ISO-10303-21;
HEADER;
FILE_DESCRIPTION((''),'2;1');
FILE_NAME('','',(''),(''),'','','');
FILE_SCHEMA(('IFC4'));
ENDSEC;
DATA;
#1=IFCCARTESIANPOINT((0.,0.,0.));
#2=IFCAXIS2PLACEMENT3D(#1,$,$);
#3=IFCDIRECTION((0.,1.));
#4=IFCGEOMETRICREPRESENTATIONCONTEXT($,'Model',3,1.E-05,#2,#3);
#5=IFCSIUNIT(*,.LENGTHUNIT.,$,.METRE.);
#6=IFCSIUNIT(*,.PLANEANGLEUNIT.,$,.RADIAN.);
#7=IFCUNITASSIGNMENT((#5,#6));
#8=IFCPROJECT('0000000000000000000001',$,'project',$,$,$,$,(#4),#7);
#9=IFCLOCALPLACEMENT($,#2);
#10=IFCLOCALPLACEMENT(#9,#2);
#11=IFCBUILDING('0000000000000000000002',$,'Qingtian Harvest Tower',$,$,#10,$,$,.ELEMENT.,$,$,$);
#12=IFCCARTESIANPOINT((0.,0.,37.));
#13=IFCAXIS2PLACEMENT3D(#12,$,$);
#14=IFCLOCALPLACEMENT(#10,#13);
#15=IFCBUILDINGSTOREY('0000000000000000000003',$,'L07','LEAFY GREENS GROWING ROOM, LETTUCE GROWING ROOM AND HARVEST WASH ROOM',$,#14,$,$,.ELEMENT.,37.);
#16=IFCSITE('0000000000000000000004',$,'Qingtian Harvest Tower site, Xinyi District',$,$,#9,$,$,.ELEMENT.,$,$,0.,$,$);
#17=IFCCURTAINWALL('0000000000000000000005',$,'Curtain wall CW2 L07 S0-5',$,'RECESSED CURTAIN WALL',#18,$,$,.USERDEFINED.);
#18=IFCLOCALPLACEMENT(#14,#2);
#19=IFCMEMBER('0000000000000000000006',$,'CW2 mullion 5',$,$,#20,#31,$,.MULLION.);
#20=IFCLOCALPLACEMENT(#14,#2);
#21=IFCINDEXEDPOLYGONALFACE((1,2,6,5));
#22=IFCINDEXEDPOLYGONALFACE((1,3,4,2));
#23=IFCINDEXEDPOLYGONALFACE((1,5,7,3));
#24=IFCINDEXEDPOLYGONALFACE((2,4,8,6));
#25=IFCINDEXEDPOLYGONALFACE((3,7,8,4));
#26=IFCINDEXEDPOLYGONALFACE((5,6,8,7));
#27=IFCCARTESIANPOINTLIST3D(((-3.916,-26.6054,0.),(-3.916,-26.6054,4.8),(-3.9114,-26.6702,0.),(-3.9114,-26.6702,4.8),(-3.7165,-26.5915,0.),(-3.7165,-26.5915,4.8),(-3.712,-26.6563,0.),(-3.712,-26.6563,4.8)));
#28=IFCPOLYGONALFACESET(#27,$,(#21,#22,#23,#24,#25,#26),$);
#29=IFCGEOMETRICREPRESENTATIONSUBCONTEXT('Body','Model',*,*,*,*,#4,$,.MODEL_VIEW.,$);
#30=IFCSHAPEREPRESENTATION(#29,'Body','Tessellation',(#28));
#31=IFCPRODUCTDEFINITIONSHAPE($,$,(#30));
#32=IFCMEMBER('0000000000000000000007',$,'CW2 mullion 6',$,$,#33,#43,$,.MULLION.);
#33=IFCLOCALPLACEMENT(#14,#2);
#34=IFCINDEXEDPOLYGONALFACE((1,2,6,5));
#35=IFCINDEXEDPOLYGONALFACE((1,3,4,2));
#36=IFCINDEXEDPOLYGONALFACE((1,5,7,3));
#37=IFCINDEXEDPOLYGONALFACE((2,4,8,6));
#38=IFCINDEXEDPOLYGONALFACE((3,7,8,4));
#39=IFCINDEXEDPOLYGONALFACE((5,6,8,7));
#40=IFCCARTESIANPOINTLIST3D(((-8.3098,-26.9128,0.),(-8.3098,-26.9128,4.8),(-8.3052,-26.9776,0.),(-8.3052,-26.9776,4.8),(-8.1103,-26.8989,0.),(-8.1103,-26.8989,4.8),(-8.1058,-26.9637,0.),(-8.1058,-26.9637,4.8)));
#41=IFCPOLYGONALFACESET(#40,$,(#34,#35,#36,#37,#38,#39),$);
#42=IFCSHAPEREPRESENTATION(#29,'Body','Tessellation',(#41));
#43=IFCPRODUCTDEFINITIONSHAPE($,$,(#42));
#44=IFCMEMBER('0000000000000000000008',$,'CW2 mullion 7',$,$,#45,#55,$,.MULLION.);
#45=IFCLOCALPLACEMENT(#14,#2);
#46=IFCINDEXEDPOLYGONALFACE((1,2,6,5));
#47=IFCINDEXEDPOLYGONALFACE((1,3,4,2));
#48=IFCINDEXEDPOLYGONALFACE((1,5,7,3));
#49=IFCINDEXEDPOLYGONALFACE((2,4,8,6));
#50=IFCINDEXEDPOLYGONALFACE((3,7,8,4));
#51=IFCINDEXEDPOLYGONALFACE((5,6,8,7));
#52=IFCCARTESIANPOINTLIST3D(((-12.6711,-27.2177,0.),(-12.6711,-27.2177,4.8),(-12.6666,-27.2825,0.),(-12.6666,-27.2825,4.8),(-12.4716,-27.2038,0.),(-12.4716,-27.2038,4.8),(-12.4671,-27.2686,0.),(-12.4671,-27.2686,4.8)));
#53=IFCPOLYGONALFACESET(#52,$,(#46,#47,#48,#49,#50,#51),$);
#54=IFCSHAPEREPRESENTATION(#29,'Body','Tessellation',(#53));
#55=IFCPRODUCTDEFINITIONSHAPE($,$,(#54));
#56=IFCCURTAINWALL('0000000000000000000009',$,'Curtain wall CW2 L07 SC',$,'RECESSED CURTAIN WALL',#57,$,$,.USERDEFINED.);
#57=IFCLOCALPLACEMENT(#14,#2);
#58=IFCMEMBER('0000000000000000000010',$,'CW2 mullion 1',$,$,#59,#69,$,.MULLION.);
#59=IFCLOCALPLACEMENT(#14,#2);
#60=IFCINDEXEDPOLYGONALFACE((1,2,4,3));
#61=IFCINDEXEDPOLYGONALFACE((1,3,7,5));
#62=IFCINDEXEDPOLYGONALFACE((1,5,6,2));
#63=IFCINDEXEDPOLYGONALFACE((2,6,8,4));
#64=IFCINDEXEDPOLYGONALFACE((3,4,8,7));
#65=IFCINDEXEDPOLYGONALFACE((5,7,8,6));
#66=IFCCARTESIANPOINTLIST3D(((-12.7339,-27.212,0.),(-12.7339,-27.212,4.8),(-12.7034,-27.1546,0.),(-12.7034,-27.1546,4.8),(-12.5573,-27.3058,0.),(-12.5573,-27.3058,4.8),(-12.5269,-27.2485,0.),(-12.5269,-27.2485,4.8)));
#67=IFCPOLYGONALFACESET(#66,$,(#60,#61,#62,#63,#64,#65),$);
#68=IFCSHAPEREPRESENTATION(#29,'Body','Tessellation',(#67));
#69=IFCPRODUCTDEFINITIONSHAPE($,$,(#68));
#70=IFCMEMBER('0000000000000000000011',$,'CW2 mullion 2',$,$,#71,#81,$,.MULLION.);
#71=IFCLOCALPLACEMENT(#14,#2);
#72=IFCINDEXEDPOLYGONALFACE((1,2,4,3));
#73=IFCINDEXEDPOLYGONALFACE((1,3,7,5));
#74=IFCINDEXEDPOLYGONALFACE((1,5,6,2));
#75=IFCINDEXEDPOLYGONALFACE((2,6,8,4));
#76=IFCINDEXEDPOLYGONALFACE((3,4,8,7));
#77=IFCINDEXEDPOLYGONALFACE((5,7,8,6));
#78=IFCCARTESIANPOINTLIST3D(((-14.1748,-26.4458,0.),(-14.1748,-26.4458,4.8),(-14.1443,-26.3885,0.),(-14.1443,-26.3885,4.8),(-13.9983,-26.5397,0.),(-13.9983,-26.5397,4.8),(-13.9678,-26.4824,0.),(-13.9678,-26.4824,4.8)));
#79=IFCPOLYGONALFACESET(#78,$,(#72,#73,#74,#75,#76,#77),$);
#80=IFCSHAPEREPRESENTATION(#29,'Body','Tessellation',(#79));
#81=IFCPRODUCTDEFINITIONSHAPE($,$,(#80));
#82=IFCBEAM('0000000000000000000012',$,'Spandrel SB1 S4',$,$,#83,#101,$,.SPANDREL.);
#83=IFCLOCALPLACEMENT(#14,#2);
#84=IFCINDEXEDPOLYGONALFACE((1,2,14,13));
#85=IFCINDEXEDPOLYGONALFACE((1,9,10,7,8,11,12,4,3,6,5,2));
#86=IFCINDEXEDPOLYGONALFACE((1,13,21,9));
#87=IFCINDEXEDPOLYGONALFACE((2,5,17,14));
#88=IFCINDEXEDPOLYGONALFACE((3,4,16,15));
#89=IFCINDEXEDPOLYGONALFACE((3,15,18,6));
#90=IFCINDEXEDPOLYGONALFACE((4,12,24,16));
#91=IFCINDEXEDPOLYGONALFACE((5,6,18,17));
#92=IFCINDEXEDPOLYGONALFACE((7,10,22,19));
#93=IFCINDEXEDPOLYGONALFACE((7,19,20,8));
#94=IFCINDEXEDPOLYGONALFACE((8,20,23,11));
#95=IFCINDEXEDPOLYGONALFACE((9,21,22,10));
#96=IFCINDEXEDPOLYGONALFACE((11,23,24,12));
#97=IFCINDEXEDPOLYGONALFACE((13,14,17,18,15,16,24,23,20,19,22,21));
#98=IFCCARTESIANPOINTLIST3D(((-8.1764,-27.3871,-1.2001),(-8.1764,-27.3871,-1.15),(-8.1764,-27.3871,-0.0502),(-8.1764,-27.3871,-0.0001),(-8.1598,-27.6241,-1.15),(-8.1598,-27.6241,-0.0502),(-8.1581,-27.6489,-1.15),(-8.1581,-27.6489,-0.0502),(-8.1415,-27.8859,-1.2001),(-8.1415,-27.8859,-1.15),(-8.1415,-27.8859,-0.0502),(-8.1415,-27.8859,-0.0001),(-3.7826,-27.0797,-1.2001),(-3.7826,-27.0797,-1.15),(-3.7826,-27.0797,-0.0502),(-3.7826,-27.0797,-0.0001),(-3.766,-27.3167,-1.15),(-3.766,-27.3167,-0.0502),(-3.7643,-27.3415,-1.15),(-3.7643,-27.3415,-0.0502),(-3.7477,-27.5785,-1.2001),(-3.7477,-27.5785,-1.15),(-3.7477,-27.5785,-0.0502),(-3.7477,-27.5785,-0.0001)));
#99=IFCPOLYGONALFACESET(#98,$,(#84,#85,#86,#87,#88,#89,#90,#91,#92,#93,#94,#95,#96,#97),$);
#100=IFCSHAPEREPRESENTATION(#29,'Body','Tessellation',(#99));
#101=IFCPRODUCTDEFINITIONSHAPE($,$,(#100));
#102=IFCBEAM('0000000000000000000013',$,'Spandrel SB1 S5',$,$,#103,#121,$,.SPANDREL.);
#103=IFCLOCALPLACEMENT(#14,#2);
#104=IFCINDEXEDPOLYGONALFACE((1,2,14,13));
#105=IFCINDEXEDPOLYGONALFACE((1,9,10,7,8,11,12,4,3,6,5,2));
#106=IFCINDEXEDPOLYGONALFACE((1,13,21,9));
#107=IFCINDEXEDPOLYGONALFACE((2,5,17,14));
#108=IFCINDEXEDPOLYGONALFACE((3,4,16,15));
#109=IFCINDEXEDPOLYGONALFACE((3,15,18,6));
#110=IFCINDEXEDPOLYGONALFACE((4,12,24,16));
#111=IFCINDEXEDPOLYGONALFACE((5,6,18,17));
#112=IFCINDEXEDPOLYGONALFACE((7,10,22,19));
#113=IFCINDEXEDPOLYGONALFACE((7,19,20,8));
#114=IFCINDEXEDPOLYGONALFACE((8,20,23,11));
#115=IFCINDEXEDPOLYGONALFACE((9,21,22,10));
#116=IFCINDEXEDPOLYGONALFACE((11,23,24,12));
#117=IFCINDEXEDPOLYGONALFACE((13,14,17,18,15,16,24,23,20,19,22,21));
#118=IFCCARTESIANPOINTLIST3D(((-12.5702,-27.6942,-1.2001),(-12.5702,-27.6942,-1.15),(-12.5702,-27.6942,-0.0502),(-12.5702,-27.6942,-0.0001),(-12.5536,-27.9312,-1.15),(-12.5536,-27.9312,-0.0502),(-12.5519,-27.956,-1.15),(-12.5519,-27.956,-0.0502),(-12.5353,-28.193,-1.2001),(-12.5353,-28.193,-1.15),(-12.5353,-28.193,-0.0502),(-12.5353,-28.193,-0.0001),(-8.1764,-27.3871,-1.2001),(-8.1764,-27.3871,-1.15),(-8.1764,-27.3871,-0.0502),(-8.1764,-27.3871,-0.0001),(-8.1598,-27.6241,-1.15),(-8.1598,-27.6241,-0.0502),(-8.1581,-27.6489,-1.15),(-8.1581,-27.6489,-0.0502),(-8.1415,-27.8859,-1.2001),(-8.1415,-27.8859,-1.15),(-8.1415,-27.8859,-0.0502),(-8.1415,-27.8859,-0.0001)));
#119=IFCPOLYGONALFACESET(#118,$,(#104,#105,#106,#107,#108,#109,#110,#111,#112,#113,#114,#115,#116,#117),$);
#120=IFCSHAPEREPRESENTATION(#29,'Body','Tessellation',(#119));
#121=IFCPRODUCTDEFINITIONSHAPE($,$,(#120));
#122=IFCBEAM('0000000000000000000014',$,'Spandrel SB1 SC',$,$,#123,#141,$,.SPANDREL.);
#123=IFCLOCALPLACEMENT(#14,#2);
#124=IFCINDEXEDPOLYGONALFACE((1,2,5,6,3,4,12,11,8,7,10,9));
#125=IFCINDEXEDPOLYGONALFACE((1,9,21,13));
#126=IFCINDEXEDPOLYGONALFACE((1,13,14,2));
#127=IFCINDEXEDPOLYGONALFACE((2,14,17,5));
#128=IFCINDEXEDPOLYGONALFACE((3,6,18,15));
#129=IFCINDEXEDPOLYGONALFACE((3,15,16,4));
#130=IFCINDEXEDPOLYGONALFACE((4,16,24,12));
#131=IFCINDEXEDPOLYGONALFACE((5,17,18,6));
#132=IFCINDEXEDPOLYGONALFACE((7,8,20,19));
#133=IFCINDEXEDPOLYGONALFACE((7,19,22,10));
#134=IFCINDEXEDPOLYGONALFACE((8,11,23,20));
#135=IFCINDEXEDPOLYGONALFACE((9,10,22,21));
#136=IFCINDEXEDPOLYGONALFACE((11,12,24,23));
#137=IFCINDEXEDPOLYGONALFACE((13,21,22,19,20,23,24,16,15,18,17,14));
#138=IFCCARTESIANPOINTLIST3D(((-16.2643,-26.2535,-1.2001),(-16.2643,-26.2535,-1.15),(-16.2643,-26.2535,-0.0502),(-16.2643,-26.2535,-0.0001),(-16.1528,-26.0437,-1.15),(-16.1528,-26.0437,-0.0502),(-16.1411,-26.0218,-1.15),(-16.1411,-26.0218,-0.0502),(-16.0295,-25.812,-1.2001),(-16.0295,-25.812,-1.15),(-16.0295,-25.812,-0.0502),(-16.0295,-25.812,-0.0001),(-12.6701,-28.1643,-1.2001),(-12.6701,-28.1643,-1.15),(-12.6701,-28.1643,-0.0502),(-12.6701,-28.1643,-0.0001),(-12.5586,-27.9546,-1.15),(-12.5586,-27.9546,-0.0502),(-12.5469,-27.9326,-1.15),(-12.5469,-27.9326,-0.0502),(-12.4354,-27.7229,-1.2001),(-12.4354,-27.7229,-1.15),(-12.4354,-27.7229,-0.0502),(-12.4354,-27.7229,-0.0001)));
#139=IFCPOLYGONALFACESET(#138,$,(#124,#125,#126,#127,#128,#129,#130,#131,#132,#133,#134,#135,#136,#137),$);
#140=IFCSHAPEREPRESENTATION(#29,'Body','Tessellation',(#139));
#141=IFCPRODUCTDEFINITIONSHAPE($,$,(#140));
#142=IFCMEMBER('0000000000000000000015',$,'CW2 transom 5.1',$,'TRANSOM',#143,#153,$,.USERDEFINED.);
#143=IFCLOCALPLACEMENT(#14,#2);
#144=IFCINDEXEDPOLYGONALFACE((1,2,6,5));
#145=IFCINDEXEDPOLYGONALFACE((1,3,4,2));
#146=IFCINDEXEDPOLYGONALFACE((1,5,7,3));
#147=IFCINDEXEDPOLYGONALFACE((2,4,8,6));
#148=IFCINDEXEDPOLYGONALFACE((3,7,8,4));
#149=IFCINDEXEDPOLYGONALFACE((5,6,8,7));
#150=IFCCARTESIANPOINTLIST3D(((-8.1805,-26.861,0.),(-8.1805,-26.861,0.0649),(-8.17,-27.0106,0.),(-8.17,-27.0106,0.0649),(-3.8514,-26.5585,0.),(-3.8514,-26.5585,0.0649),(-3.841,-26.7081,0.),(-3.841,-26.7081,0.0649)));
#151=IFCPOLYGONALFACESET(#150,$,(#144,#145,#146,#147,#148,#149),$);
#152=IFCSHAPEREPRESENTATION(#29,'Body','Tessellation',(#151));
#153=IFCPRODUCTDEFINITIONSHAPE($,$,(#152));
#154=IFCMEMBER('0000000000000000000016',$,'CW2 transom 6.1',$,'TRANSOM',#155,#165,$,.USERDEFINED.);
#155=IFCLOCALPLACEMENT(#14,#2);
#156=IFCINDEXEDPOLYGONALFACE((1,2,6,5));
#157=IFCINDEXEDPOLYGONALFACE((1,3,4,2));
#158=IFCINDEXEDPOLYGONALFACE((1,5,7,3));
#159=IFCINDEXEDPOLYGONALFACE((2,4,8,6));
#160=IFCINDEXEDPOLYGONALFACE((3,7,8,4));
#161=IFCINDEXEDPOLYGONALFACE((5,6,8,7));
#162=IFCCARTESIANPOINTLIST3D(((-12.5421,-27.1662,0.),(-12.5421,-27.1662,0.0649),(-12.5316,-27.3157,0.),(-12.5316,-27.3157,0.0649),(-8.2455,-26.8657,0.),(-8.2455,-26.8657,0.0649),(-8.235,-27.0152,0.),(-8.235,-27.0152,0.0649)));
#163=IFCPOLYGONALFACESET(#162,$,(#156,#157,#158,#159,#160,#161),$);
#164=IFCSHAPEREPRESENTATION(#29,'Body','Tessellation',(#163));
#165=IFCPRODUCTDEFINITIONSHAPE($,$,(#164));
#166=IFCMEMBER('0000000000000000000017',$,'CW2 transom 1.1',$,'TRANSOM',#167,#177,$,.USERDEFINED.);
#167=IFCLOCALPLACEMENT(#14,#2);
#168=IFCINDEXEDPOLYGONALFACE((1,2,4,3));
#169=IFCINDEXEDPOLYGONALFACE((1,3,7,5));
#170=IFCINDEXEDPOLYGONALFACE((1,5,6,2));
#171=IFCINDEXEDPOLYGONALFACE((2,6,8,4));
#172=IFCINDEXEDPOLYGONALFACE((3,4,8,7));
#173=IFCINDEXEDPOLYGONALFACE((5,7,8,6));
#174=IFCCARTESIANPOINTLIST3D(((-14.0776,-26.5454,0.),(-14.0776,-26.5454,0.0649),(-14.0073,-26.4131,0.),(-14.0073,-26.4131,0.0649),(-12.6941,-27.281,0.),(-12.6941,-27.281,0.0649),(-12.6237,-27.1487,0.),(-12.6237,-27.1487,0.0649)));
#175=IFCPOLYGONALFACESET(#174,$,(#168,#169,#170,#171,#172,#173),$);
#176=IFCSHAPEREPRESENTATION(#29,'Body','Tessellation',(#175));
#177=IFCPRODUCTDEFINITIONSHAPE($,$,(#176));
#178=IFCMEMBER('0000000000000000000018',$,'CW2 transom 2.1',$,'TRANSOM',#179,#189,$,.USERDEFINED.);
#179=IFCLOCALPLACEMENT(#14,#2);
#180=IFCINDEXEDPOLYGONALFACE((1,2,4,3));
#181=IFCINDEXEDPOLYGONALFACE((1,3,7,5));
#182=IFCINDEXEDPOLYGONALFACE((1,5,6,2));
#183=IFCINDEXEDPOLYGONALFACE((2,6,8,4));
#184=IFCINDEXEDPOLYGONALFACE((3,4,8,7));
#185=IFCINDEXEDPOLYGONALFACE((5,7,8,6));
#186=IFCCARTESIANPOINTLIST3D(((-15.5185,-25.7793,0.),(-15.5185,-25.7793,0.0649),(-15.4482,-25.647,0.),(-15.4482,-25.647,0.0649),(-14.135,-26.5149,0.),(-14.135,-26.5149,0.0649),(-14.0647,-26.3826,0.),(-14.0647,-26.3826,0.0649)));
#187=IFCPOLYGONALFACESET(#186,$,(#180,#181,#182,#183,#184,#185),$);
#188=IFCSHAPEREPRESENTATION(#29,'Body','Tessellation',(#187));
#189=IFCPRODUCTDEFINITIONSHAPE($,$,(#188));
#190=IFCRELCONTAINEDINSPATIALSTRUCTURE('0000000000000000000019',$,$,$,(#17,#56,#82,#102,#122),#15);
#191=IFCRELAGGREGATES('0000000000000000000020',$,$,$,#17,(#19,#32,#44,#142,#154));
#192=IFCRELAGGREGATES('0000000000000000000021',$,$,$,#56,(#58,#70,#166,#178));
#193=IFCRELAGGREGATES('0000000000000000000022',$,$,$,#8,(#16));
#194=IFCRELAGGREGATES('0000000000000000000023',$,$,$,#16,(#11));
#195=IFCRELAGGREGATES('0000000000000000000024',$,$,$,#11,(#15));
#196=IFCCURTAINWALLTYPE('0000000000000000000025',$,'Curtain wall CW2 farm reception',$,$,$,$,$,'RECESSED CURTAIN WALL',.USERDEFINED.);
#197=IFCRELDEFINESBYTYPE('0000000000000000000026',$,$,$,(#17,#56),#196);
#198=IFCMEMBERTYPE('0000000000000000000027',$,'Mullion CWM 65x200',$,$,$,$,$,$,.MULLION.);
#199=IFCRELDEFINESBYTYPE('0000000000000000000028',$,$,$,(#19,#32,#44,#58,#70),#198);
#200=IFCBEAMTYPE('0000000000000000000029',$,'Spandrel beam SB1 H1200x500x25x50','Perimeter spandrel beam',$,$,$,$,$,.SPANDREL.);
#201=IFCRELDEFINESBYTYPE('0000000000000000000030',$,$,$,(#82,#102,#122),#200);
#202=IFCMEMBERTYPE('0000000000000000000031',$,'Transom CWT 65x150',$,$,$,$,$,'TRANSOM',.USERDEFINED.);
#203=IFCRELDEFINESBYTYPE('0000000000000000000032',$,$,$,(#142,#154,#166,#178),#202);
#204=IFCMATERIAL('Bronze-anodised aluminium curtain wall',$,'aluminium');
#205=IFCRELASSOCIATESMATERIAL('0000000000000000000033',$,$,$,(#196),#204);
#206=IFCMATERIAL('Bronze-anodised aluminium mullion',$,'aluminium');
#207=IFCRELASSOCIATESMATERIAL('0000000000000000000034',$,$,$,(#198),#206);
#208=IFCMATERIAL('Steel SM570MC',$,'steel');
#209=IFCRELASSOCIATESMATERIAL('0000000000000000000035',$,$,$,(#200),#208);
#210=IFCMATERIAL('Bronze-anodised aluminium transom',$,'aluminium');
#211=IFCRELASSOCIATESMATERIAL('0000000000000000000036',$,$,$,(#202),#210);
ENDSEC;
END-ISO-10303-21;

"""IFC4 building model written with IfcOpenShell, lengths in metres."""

from ifc_helpers import new_model, si_unit, direction, frame, origin, origin_2d, place, context, subcontext, project, spatial, rectangle, i_section, extrude, material, material_profile, profile_set, type_object, element, aggregate, save


model = new_model("IFC4")

# Units and contexts
model_context = context("Model", 3, precision=1e-05, world=origin(), true_north=direction((0.0, 1.0)))
body_context = subcontext(model_context, "Body", "Model", "MODEL_VIEW")
ifc_project = project(units=[si_unit("LENGTHUNIT", "METRE"), si_unit("PLANEANGLEUNIT", "RADIAN")], contexts=[model_context])

# Site, building, storey
site_placement = place(None, origin())
site = spatial("IfcSite", under=ifc_project, at=site_placement, Name="Qingtian Harvest Tower site, Xinyi District", CompositionType="ELEMENT", RefElevation=0.0)
building_placement = place(site_placement, origin())
building = spatial("IfcBuilding", under=site, at=building_placement, Name="Qingtian Harvest Tower", CompositionType="ELEMENT")
storey_placement = place(building_placement, frame((0.0, 0.0, 37.0)))
storey = spatial("IfcBuildingStorey", under=building, at=storey_placement, Name="L07", Description="LEAFY GREENS GROWING ROOM, LETTUCE GROWING ROOM AND HARVEST WASH ROOM", CompositionType="ELEMENT", Elevation=37.0)

# Curtain walls, members
ifc_material_1 = material(Name="Bronze-anodised aluminium curtain wall", Category="aluminium")
curtain_wall_type = type_object("IfcCurtainWallType", Name="Curtain wall CW2 farm reception", ElementType="RECESSED CURTAIN WALL", PredefinedType="USERDEFINED", material=ifc_material_1)
curtain_wall_1_placement = place(storey_placement, origin())
curtain_wall_1 = element("IfcCurtainWall", 1, at=curtain_wall_1_placement, inside=storey, type_object=curtain_wall_type, Name="Curtain wall CW2 L07 S0-5", ObjectType="RECESSED CURTAIN WALL", PredefinedType="USERDEFINED")
ifc_material_2 = material(Name="Bronze-anodised aluminium mullion", Category="aluminium")
ifc_material_profile_1 = material_profile(ifc_material_2, rectangle(XDim=0.0649, YDim=0.2, at=origin_2d()), Name="AL 65x200")
ifc_profile_set_1 = profile_set([ifc_material_profile_1], Name="Bronze-anodised aluminium mullion")
member_type_1 = type_object("IfcMemberType", Name="Mullion CWM 65x200", PredefinedType="MULLION", material=ifc_profile_set_1)
member_1_placement = place(storey_placement, frame((-3.814, -26.6309, 0.0), z_axis=(0.0, 0.0, 1.0), x_axis=(0.069756, -0.997564, 0.0)))
member_1 = element("IfcMember", 2, at=member_1_placement, type_object=member_type_1, Name="CW2 mullion 5", PredefinedType="MULLION", context=body_context, shape_type="SweptSolid", body=[
    extrude(rectangle(XDim=0.0649, YDim=0.2, at=origin_2d()), origin(), (0.0, 0.0, 1.0), 4.8),
])
member_2_placement = place(storey_placement, frame((-8.2078, -26.9382, 0.0), z_axis=(0.0, 0.0, 1.0), x_axis=(0.069756, -0.997564, 0.0)))
member_2 = element("IfcMember", 3, at=member_2_placement, type_object=member_type_1, Name="CW2 mullion 6", PredefinedType="MULLION", context=body_context, shape_type="SweptSolid", body=[
    extrude(rectangle(XDim=0.0649, YDim=0.2, at=origin_2d()), origin(), (0.0, 0.0, 1.0), 4.8),
])
member_3_placement = place(storey_placement, frame((-12.5691, -27.2432, 0.0), z_axis=(0.0, 0.0, 1.0), x_axis=(0.069756, -0.997564, 0.0)))
member_3 = element("IfcMember", 4, at=member_3_placement, type_object=member_type_1, Name="CW2 mullion 7", PredefinedType="MULLION", context=body_context, shape_type="SweptSolid", body=[
    extrude(rectangle(XDim=0.0649, YDim=0.2, at=origin_2d()), origin(), (0.0, 0.0, 1.0), 4.8),
])
curtain_wall_2_placement = place(storey_placement, origin())
curtain_wall_2 = element("IfcCurtainWall", 5, at=curtain_wall_2_placement, inside=storey, type_object=curtain_wall_type, Name="Curtain wall CW2 L07 SC", ObjectType="RECESSED CURTAIN WALL", PredefinedType="USERDEFINED")
member_4_placement = place(storey_placement, frame((-12.6304, -27.2302, 0.0), z_axis=(0.0, 0.0, 1.0), x_axis=(-0.469472, -0.882948, 0.0)))
member_4 = element("IfcMember", 6, at=member_4_placement, type_object=member_type_1, Name="CW2 mullion 1", PredefinedType="MULLION", context=body_context, shape_type="SweptSolid", body=[
    extrude(rectangle(XDim=0.0649, YDim=0.2, at=origin_2d()), origin(), (0.0, 0.0, 1.0), 4.8),
])
member_5_placement = place(storey_placement, frame((-14.0713, -26.4641, 0.0), z_axis=(0.0, 0.0, 1.0), x_axis=(-0.469472, -0.882948, 0.0)))
member_5 = element("IfcMember", 7, at=member_5_placement, type_object=member_type_1, Name="CW2 mullion 2", PredefinedType="MULLION", context=body_context, shape_type="SweptSolid", body=[
    extrude(rectangle(XDim=0.0649, YDim=0.2, at=origin_2d()), origin(), (0.0, 0.0, 1.0), 4.8),
])

# Beams
ifc_material_3 = material(Name="Steel SM570MC", Category="steel")
ifc_material_profile_2 = material_profile(ifc_material_3, i_section(OverallWidth=0.5, OverallDepth=1.2, WebThickness=0.0249, FlangeThickness=0.05, at=origin_2d()), Name="H1200x500x25x50")
ifc_profile_set_2 = profile_set([ifc_material_profile_2], Name="Steel SM570MC")
beam_type_1 = type_object("IfcBeamType", Name="Spandrel beam SB1 H1200x500x25x50", Description="Perimeter spandrel beam", PredefinedType="SPANDREL", material=ifc_profile_set_2)
for number, where, z_axis, x_axis, name in (
    (8, (-3.7651, -27.3291, -0.6001), (-0.997562, -0.069786, 0.0), (0.069786, -0.997562, 0.0), "Spandrel SB1 S4"),
    (9, (-8.1589, -27.6365, -0.6001), (-0.997566, -0.06973, 0.0), (0.06973, -0.997566, 0.0), "Spandrel SB1 S5"),
):
    element("IfcBeam", number, at=place(storey_placement, frame(where, z_axis=z_axis, x_axis=x_axis)), inside=storey, type_object=beam_type_1, Name=name, PredefinedType="SPANDREL", context=body_context, shape_type="SweptSolid", body=[
        extrude(i_section(OverallWidth=0.5, OverallDepth=1.2, WebThickness=0.0249, FlangeThickness=0.05, at=origin_2d()), origin(), (0.0, 0.0, 1.0), 4.4045),
    ])
beam_1_placement = place(storey_placement, frame((-12.5527, -27.9436, -0.6001), z_axis=(-0.882968, 0.469433, 0.0), x_axis=(-0.469433, -0.882968, 0.0)))
element("IfcBeam", 10, at=beam_1_placement, inside=storey, type_object=beam_type_1, Name="Spandrel SB1 SC", PredefinedType="SPANDREL", context=body_context, shape_type="SweptSolid", body=[
    extrude(i_section(OverallWidth=0.5, OverallDepth=1.2, WebThickness=0.0249, FlangeThickness=0.05, at=origin_2d()), origin(), (0.0, 0.0, 1.0), 4.0706),
])

# Members
ifc_material_4 = material(Name="Bronze-anodised aluminium transom", Category="aluminium")
ifc_material_profile_3 = material_profile(ifc_material_4, rectangle(XDim=0.1499, YDim=0.0649, at=origin_2d()), Name="AL 65x150")
ifc_profile_set_3 = profile_set([ifc_material_profile_3], Name="Bronze-anodised aluminium transom")
member_type_2 = type_object("IfcMemberType", Name="Transom CWT 65x150", ElementType="TRANSOM", PredefinedType="USERDEFINED", material=ifc_profile_set_3)
member_6_placement = place(storey_placement, frame((-3.8462, -26.6333, 0.0325), z_axis=(-0.997568, -0.069704, 0.0), x_axis=(0.069704, -0.997568, 0.0)))
member_6 = element("IfcMember", 11, at=member_6_placement, type_object=member_type_2, Name="CW2 transom 5.1", ObjectType="TRANSOM", PredefinedType="USERDEFINED", context=body_context, shape_type="SweptSolid", body=[
    extrude(rectangle(XDim=0.1499, YDim=0.0649, at=origin_2d()), origin(), (0.0, 0.0, 1.0), 4.3396),
])
member_7_placement = place(storey_placement, frame((-8.2402, -26.9404, 0.0325), z_axis=(-0.997563, -0.069777, 0.0), x_axis=(0.069777, -0.997563, 0.0)))
member_7 = element("IfcMember", 12, at=member_7_placement, type_object=member_type_2, Name="CW2 transom 6.1", ObjectType="TRANSOM", PredefinedType="USERDEFINED", context=body_context, shape_type="SweptSolid", body=[
    extrude(rectangle(XDim=0.1499, YDim=0.0649, at=origin_2d()), origin(), (0.0, 0.0, 1.0), 4.3071),
])
member_8_placement = place(storey_placement, frame((-12.6589, -27.2148, 0.0325), z_axis=(-0.88296, 0.469448, 0.0), x_axis=(-0.469448, -0.88296, 0.0)))
member_8 = element("IfcMember", 13, at=member_8_placement, type_object=member_type_2, Name="CW2 transom 1.1", ObjectType="TRANSOM", PredefinedType="USERDEFINED", context=body_context, shape_type="SweptSolid", body=[
    extrude(rectangle(XDim=0.1499, YDim=0.0649, at=origin_2d()), origin(), (0.0, 0.0, 1.0), 1.5669),
])
member_9_placement = place(storey_placement, frame((-14.0999, -26.4487, 0.0325), z_axis=(-0.88296, 0.469448, 0.0), x_axis=(-0.469448, -0.88296, 0.0)))
member_9 = element("IfcMember", 14, at=member_9_placement, type_object=member_type_2, Name="CW2 transom 2.1", ObjectType="TRANSOM", PredefinedType="USERDEFINED", context=body_context, shape_type="SweptSolid", body=[
    extrude(rectangle(XDim=0.1499, YDim=0.0649, at=origin_2d()), origin(), (0.0, 0.0, 1.0), 1.5669),
])

aggregate(curtain_wall_1, [member_1, member_2, member_3, member_6, member_7])
aggregate(curtain_wall_2, [member_4, member_5, member_8, member_9])

save(model, "model.ifc")
